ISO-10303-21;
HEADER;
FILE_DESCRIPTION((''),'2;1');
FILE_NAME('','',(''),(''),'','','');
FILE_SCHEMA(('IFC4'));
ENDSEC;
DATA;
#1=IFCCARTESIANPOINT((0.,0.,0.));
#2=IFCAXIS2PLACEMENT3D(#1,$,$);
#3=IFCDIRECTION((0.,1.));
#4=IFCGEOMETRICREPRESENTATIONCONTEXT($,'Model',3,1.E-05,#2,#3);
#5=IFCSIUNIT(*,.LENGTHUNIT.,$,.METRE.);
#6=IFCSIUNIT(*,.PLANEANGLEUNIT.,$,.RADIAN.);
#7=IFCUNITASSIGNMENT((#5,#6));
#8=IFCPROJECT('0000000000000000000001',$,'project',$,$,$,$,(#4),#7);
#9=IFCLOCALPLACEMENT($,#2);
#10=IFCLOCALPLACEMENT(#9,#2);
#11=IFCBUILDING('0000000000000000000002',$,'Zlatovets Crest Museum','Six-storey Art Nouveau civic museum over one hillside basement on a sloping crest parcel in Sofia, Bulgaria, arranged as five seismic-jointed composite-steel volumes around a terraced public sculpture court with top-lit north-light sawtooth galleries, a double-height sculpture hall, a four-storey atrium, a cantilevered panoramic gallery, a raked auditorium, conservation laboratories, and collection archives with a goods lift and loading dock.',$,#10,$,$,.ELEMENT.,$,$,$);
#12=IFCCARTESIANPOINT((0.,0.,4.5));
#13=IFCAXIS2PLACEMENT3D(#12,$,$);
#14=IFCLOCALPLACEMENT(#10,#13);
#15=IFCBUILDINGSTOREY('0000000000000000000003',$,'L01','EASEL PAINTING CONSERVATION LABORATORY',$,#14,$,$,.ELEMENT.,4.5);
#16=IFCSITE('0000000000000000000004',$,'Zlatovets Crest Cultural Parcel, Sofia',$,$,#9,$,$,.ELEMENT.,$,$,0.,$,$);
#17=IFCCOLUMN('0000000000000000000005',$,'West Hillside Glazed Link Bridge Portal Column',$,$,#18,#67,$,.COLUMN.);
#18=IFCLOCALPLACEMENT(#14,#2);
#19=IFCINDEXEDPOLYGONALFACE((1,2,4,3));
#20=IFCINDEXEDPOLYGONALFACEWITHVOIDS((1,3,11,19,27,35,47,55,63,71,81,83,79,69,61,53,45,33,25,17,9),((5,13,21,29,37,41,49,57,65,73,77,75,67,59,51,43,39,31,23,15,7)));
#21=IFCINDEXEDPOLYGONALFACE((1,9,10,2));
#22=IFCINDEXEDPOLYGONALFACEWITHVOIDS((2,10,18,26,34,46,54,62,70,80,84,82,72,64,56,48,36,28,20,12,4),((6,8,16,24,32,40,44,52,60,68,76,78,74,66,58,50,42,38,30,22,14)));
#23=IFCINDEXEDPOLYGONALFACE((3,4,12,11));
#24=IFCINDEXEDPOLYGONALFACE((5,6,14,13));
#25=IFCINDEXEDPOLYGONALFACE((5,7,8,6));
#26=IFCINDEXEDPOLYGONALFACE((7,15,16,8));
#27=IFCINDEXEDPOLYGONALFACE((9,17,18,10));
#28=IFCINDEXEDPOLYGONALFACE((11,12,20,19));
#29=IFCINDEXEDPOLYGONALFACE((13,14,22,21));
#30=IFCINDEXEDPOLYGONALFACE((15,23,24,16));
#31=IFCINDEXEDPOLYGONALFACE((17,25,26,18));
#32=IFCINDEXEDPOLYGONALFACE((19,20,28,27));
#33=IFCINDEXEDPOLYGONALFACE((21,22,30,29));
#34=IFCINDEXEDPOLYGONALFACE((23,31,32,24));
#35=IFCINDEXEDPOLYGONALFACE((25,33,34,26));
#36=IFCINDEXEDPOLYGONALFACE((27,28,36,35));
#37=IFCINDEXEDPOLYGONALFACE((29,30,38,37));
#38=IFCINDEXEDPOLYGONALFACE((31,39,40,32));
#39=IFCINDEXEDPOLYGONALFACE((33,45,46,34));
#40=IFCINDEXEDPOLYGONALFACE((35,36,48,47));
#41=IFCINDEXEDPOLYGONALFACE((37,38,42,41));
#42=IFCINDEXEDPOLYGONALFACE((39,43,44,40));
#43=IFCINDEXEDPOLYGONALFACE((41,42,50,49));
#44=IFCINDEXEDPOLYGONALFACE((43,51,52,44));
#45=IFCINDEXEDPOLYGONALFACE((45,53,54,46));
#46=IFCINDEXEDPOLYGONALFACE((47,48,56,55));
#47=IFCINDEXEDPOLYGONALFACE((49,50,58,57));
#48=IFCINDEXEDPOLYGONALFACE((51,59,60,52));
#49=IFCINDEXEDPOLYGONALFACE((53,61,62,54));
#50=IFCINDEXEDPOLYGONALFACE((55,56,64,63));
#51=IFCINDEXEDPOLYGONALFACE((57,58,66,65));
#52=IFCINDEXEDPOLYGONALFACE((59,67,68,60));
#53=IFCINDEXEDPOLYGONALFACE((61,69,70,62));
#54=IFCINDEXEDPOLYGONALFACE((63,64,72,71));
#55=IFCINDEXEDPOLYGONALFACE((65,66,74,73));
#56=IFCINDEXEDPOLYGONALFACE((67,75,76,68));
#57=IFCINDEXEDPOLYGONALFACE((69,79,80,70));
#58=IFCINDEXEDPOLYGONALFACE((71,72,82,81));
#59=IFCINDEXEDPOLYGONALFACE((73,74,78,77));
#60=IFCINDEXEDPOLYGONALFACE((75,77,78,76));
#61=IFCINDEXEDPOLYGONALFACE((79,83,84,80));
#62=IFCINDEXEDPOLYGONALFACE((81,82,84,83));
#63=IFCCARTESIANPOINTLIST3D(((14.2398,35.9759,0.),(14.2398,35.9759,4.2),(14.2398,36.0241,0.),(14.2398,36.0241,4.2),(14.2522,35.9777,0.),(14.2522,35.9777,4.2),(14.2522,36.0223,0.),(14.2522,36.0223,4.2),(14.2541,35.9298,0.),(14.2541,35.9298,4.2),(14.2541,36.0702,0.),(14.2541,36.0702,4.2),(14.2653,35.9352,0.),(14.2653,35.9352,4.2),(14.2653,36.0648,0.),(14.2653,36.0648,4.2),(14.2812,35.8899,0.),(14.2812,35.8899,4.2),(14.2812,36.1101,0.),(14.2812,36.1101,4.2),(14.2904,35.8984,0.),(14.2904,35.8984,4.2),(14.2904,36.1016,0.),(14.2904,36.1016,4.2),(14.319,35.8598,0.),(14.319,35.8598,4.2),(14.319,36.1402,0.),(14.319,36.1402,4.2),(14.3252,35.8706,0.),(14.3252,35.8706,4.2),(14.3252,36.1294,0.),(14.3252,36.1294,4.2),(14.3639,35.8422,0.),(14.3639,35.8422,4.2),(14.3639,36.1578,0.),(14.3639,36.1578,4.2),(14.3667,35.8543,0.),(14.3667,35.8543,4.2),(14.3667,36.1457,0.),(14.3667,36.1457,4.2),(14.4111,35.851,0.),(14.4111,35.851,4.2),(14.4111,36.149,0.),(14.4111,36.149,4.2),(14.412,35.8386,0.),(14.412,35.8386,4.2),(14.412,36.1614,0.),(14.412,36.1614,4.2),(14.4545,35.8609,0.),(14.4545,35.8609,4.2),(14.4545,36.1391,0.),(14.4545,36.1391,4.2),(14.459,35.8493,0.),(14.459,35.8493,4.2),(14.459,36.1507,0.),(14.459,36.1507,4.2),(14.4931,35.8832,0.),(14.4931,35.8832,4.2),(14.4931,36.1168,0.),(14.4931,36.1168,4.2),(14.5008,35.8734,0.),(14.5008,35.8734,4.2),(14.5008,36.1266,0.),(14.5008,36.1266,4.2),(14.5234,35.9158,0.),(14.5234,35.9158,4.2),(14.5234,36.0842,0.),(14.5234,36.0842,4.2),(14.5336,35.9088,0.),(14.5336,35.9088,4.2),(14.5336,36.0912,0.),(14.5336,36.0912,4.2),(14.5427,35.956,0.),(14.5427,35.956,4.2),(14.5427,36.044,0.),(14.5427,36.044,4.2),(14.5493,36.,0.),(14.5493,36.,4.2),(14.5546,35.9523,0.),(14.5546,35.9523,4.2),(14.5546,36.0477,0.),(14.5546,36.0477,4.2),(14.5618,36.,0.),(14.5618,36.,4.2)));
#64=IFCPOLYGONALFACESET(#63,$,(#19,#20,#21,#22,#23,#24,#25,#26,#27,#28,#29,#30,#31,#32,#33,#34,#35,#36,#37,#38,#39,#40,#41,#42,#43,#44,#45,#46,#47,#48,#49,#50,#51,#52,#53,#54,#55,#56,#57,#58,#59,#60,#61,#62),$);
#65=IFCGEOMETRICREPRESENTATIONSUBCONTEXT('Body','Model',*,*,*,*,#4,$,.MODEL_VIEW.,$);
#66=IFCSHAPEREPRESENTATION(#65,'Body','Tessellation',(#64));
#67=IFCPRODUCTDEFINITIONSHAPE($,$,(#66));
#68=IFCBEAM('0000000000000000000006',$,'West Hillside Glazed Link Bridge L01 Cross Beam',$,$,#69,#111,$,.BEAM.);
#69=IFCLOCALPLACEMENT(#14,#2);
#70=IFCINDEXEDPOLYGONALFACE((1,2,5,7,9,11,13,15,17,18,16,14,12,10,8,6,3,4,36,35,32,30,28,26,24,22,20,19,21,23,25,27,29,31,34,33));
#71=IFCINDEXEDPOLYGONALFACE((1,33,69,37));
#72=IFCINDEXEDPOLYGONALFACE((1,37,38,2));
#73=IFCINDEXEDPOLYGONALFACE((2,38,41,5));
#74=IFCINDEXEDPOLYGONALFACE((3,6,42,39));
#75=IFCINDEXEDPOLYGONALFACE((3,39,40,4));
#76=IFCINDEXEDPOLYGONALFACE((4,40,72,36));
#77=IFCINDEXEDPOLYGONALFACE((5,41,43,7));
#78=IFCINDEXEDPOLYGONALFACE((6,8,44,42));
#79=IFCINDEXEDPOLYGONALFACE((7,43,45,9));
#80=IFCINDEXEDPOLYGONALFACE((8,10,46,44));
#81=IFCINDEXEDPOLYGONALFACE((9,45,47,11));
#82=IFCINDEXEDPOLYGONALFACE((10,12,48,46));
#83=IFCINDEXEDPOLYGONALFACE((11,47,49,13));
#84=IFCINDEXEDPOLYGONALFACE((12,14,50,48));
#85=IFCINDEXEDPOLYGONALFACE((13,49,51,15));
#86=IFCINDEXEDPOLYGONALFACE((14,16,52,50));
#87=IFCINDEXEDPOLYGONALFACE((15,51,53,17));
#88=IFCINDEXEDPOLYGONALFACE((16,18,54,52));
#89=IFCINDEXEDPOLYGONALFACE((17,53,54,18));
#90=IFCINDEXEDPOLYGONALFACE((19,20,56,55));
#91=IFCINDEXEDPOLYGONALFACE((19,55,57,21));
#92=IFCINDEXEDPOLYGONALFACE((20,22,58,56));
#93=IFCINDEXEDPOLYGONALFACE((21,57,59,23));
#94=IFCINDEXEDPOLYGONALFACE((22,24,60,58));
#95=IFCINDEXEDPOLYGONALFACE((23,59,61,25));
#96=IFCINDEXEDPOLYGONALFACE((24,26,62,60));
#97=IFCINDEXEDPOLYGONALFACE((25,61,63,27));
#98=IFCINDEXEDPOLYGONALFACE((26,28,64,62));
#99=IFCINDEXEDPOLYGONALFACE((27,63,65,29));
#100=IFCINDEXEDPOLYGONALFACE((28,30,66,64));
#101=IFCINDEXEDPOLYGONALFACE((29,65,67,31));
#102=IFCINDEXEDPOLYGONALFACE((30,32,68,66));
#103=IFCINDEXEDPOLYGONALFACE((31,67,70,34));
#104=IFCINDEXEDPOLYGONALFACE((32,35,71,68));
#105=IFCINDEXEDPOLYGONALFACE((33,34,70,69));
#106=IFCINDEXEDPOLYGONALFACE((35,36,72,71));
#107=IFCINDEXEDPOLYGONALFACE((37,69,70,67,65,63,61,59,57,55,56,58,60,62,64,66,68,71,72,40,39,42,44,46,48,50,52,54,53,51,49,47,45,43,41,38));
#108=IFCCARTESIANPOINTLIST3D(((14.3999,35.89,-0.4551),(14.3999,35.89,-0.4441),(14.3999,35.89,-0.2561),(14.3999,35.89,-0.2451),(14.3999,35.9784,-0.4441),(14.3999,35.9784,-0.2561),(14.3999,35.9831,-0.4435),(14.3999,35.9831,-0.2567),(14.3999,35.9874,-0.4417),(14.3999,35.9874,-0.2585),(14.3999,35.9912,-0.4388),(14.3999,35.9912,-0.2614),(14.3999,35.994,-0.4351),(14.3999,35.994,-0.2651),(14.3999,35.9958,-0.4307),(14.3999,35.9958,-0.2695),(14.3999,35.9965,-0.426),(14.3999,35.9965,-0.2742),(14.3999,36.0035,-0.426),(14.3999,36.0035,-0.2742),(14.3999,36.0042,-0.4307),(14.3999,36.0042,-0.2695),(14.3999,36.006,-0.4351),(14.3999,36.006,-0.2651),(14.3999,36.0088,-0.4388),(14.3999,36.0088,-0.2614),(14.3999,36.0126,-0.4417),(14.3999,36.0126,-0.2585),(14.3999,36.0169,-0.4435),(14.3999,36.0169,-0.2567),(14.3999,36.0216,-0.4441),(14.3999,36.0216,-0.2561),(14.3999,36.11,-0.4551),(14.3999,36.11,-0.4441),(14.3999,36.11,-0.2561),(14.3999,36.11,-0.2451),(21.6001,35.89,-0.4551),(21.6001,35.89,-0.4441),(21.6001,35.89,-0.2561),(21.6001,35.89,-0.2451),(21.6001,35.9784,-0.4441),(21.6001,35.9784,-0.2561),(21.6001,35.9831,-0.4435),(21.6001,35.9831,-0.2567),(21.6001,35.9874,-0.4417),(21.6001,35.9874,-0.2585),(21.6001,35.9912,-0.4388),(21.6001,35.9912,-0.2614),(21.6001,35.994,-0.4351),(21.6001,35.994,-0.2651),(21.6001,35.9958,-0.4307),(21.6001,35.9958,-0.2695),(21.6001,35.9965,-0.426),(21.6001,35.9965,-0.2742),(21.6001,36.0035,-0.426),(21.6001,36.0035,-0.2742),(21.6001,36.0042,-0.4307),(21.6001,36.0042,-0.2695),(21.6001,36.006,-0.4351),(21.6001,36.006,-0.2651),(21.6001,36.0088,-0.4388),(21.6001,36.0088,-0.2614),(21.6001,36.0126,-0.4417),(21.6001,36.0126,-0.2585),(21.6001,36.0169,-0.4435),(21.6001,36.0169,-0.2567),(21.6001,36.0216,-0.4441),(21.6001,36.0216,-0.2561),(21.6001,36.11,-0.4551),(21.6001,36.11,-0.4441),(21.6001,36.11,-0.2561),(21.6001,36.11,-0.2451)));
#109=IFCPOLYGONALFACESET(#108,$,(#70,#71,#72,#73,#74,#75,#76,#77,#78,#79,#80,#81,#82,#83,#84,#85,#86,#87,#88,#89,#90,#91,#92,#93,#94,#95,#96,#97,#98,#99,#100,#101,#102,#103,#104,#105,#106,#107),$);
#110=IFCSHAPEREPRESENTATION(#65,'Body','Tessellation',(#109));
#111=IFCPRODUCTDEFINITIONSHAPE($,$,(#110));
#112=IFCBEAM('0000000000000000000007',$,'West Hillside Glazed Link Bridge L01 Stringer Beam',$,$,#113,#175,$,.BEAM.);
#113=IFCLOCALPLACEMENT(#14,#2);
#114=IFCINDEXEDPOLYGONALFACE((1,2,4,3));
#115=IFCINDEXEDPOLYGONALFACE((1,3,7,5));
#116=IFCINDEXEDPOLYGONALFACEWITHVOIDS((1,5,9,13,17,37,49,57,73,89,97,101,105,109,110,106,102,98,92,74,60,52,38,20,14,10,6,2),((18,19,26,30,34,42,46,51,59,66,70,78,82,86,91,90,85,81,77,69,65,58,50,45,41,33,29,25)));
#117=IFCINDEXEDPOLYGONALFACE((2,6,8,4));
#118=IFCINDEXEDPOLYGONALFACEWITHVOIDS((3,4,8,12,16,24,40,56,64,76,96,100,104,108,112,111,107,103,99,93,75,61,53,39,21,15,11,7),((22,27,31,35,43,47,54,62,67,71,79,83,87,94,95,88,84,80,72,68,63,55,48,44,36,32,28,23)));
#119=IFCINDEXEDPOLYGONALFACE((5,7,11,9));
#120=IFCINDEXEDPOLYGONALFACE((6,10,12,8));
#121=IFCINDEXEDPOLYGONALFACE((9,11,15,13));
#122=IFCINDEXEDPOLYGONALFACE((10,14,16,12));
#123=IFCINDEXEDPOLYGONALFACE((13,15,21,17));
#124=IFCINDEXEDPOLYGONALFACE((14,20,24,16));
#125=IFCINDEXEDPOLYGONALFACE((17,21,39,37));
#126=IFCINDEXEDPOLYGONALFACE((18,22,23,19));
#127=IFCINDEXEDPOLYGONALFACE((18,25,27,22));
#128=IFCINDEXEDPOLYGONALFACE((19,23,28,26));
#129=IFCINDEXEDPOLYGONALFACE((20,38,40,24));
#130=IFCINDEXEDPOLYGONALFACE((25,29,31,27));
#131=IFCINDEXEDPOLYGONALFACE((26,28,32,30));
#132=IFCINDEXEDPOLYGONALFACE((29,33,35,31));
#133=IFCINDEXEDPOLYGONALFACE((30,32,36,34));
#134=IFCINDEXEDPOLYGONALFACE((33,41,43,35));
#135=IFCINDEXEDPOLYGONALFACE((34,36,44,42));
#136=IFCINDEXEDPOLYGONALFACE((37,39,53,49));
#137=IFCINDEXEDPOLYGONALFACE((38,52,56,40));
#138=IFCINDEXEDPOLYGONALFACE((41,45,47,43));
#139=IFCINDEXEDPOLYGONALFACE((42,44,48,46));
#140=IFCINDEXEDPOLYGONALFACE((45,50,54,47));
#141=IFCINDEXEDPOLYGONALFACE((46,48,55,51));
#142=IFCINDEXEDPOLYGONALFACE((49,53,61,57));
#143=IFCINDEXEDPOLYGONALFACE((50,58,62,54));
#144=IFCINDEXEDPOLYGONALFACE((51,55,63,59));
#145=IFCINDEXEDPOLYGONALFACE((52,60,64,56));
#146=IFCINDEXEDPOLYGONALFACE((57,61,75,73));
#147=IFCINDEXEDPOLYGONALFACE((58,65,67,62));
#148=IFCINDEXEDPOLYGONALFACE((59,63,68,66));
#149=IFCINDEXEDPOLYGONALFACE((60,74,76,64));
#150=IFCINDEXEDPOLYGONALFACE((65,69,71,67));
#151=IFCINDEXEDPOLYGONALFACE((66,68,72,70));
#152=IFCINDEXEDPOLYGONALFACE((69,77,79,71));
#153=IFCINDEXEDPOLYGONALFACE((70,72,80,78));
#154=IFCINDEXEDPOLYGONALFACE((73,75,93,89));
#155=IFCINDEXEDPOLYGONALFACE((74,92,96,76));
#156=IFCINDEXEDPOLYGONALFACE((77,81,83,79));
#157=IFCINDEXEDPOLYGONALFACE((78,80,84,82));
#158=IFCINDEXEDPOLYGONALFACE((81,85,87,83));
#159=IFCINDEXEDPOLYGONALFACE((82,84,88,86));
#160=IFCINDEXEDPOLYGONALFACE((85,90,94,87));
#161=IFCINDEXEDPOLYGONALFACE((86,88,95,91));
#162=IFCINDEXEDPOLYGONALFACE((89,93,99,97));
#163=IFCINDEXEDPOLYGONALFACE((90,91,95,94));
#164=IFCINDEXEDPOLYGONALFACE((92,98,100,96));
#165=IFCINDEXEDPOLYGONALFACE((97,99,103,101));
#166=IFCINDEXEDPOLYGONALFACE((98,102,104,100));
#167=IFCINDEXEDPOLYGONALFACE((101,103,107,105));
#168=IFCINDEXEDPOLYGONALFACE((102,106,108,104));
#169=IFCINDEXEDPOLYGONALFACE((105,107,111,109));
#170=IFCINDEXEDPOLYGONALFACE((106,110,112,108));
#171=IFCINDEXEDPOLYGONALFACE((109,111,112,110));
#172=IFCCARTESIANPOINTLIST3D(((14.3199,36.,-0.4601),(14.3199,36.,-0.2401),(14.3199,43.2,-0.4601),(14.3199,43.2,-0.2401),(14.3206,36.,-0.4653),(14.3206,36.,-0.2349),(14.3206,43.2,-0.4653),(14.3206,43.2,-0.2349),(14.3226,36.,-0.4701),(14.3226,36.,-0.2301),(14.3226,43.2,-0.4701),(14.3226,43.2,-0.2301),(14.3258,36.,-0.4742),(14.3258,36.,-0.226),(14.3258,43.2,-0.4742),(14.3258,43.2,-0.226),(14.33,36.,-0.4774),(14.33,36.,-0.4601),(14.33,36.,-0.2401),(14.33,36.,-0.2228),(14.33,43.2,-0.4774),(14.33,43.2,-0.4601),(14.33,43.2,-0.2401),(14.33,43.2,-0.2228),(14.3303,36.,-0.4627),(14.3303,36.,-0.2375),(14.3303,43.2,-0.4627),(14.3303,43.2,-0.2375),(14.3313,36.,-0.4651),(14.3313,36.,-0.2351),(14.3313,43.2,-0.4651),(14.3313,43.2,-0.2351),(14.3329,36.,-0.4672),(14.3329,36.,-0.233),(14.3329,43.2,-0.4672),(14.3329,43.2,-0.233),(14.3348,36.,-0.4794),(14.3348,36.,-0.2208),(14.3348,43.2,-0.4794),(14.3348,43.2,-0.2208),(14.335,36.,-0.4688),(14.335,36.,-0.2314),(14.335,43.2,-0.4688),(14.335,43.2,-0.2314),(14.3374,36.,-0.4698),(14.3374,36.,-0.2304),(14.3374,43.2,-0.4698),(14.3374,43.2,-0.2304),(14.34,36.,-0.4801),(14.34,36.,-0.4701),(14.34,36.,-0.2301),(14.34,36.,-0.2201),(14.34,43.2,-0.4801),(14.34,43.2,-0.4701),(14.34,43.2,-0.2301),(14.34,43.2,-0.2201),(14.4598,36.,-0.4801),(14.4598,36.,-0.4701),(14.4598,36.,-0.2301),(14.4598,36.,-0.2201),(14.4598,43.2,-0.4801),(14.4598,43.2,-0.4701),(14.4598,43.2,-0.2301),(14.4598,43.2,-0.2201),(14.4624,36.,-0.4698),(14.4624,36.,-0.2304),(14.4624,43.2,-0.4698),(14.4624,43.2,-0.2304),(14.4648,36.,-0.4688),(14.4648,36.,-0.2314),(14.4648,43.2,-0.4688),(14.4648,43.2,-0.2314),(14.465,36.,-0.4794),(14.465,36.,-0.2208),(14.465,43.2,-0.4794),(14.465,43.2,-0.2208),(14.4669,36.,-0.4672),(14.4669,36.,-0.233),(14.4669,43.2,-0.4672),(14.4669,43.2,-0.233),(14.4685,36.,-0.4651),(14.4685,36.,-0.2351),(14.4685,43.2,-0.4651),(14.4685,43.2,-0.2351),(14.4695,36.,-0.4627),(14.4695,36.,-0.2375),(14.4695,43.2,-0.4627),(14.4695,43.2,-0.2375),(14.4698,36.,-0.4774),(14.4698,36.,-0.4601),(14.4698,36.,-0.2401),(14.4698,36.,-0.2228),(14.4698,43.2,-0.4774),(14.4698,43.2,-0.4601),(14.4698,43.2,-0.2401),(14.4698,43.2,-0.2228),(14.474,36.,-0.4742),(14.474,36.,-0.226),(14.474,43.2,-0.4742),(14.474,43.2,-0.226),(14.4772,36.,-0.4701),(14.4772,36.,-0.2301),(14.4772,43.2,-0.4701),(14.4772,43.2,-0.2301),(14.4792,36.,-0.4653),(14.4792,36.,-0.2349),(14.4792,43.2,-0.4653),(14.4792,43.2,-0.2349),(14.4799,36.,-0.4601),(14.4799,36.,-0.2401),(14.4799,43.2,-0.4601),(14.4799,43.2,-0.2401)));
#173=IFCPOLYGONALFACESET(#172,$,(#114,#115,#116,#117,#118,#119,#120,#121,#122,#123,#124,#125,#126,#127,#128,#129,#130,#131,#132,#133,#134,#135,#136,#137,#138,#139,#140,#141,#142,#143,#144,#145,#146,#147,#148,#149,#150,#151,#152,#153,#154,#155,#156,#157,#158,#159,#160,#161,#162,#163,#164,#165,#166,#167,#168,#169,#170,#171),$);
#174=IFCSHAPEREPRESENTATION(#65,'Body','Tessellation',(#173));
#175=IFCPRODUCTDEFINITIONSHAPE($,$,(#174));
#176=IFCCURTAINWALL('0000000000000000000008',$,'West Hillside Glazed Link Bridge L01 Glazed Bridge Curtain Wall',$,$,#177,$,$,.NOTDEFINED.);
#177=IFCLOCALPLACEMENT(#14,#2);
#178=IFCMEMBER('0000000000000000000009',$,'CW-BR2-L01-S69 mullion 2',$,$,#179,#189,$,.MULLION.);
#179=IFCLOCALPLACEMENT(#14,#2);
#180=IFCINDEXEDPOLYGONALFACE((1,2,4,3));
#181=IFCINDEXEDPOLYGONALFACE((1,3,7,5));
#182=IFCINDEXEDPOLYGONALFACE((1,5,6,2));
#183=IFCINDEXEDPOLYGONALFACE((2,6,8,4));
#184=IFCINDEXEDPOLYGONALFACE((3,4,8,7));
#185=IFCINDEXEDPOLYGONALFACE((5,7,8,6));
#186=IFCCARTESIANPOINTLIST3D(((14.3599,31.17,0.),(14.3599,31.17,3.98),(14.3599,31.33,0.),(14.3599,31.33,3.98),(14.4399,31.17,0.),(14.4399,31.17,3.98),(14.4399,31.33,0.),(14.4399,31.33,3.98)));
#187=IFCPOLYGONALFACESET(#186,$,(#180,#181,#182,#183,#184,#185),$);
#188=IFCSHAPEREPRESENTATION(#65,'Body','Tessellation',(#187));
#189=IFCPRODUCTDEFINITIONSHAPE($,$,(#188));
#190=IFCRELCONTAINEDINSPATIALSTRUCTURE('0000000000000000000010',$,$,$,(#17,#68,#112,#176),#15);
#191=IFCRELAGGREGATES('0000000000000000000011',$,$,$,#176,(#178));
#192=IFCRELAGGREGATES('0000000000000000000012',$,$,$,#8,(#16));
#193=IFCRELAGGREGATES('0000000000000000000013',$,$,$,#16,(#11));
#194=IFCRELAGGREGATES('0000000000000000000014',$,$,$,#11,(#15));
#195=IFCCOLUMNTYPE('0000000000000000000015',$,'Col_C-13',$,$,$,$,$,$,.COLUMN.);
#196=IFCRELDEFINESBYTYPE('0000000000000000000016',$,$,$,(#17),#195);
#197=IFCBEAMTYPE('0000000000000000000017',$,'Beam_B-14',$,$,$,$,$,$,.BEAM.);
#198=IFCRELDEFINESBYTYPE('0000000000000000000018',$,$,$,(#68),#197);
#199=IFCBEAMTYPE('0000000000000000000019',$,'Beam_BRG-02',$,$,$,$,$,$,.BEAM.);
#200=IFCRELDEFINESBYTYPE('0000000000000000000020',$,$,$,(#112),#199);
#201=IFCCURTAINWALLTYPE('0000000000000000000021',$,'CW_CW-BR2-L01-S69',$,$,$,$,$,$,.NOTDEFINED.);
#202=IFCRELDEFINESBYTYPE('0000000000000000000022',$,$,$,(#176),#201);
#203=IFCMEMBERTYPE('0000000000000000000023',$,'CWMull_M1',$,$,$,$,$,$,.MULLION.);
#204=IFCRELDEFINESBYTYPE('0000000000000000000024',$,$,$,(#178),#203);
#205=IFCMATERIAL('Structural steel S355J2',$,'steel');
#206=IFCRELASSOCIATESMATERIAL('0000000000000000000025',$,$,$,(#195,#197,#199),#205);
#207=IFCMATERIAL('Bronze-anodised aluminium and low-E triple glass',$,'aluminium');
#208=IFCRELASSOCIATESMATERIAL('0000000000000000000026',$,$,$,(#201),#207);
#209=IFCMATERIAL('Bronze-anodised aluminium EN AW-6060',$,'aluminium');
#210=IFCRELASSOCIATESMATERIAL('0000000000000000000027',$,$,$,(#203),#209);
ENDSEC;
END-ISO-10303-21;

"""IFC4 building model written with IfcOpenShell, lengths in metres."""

from ifc_helpers import new_model, si_unit, direction, frame, origin, origin_2d, place, context, subcontext, project, spatial, rectangle, hollow_rectangle, hollow_circle, i_section, extrude, material, material_profile, profile_set, type_object, element, aggregate, save


model = new_model("IFC4")

# Units and contexts
model_context = context("Model", 3, precision=1e-05, world=origin(), true_north=direction((0.0, 1.0)))
body_context = subcontext(model_context, "Body", "Model", "MODEL_VIEW")
ifc_project = project(units=[si_unit("LENGTHUNIT", "METRE"), si_unit("PLANEANGLEUNIT", "RADIAN")], contexts=[model_context])

# Site, building, storey
site_placement = place(None, origin())
site = spatial("IfcSite", under=ifc_project, at=site_placement, Name="Zlatovets Crest Cultural Parcel, Sofia", CompositionType="ELEMENT", RefElevation=0.0)
building_placement = place(site_placement, origin())
building = spatial("IfcBuilding", under=site, at=building_placement, Name="Zlatovets Crest Museum", Description="Six-storey Art Nouveau civic museum over one hillside basement on a sloping crest parcel in Sofia, Bulgaria, arranged as five seismic-jointed composite-steel volumes around a terraced public sculpture court with top-lit north-light sawtooth galleries, a double-height sculpture hall, a four-storey atrium, a cantilevered panoramic gallery, a raked auditorium, conservation laboratories, and collection archives with a goods lift and loading dock.", CompositionType="ELEMENT")
storey_placement = place(building_placement, frame((0.0, 0.0, 4.5)))
storey = spatial("IfcBuildingStorey", under=building, at=storey_placement, Name="L01", Description="EASEL PAINTING CONSERVATION LABORATORY", CompositionType="ELEMENT", Elevation=4.5)

# Column
ifc_material_1 = material(Name="Structural steel S355J2", Category="steel")
ifc_material_profile_1 = material_profile(ifc_material_1, hollow_circle(Radius=0.1619, WallThickness=0.0125, at=origin_2d()), Name="CHS 323.9x12.5")
ifc_profile_set_1 = profile_set([ifc_material_profile_1], Name="Structural steel S355J2")
column_type = type_object("IfcColumnType", Name="Col_C-13", PredefinedType="COLUMN", material=ifc_profile_set_1)
column_placement = place(storey_placement, frame((14.3999, 36.0, 0.0), z_axis=(0.0, 0.0, 1.0), x_axis=(1.0, 0.0, 0.0)))
element("IfcColumn", 1, at=column_placement, inside=storey, type_object=column_type, Name="West Hillside Glazed Link Bridge Portal Column", PredefinedType="COLUMN", context=body_context, shape_type="SweptSolid", body=[
    extrude(hollow_circle(Radius=0.1619, WallThickness=0.0125, at=origin_2d()), origin(), (0.0, 0.0, 1.0), 4.2),
])

# Beams
ifc_material_profile_2 = material_profile(ifc_material_1, i_section(OverallWidth=0.22, OverallDepth=0.21, WebThickness=0.0071, FlangeThickness=0.011, FilletRadius=0.0181, at=origin_2d()), Name="HEA 220")
ifc_profile_set_2 = profile_set([ifc_material_profile_2], Name="Structural steel S355J2")
beam_type_1 = type_object("IfcBeamType", Name="Beam_B-14", PredefinedType="BEAM", material=ifc_profile_set_2)
beam_1_placement = place(storey_placement, frame((14.3999, 36.0, -0.3501), z_axis=(1.0, 0.0, 0.0), x_axis=(0.0, 1.0, 0.0)))
element("IfcBeam", 2, at=beam_1_placement, inside=storey, type_object=beam_type_1, Name="West Hillside Glazed Link Bridge L01 Cross Beam", PredefinedType="BEAM", context=body_context, shape_type="SweptSolid", body=[
    extrude(i_section(OverallWidth=0.22, OverallDepth=0.21, WebThickness=0.0071, FlangeThickness=0.011, FilletRadius=0.0181, at=origin_2d()), origin(), (0.0, 0.0, 1.0), 7.2002),
])
ifc_material_profile_3 = material_profile(ifc_material_1, hollow_rectangle(XDim=0.1599, YDim=0.26, WallThickness=0.01, InnerFilletRadius=0.01, OuterFilletRadius=0.02, at=origin_2d()), Name="RHS 160x260x10.0")
ifc_profile_set_3 = profile_set([ifc_material_profile_3], Name="Structural steel S355J2")
beam_type_2 = type_object("IfcBeamType", Name="Beam_BRG-02", PredefinedType="BEAM", material=ifc_profile_set_3)
beam_2_placement = place(storey_placement, frame((14.3999, 36.0, -0.3501), z_axis=(0.0, 1.0, 0.0), x_axis=(-1.0, 0.0, 0.0)))
element("IfcBeam", 3, at=beam_2_placement, inside=storey, type_object=beam_type_2, Name="West Hillside Glazed Link Bridge L01 Stringer Beam", PredefinedType="BEAM", context=body_context, shape_type="SweptSolid", body=[
    extrude(hollow_rectangle(XDim=0.1599, YDim=0.26, WallThickness=0.01, InnerFilletRadius=0.01, OuterFilletRadius=0.02, at=origin_2d()), origin(), (0.0, 0.0, 1.0), 7.2),
])

# Curtain wall, member
ifc_material_2 = material(Name="Bronze-anodised aluminium and low-E triple glass", Category="aluminium")
curtain_wall_type = type_object("IfcCurtainWallType", Name="CW_CW-BR2-L01-S69", PredefinedType="NOTDEFINED", material=ifc_material_2)
curtain_wall_1_placement = place(storey_placement, origin())
curtain_wall_1 = element("IfcCurtainWall", 4, at=curtain_wall_1_placement, inside=storey, type_object=curtain_wall_type, Name="West Hillside Glazed Link Bridge L01 Glazed Bridge Curtain Wall", PredefinedType="NOTDEFINED")
ifc_material_3 = material(Name="Bronze-anodised aluminium EN AW-6060", Category="aluminium")
ifc_material_profile_4 = material_profile(ifc_material_3, rectangle(XDim=0.0801, YDim=0.1599, at=origin_2d()), Name="ALU 80x160")
ifc_profile_set_4 = profile_set([ifc_material_profile_4], Name="Bronze-anodised aluminium EN AW-6060")
member_type_1 = type_object("IfcMemberType", Name="CWMull_M1", PredefinedType="MULLION", material=ifc_profile_set_4)
member_1_placement = place(storey_placement, frame((14.3999, 31.25, 0.0), z_axis=(0.0, 0.0, 1.0), x_axis=(-1.0, 0.0, 0.0)))
member_1 = element("IfcMember", 5, at=member_1_placement, type_object=member_type_1, Name="CW-BR2-L01-S69 mullion 2", PredefinedType="MULLION", context=body_context, shape_type="SweptSolid", body=[
    extrude(rectangle(XDim=0.0801, YDim=0.1599, at=origin_2d()), origin(), (0.0, 0.0, 1.0), 3.98),
])

aggregate(curtain_wall_1, [member_1])

save(model, "model.ifc")
